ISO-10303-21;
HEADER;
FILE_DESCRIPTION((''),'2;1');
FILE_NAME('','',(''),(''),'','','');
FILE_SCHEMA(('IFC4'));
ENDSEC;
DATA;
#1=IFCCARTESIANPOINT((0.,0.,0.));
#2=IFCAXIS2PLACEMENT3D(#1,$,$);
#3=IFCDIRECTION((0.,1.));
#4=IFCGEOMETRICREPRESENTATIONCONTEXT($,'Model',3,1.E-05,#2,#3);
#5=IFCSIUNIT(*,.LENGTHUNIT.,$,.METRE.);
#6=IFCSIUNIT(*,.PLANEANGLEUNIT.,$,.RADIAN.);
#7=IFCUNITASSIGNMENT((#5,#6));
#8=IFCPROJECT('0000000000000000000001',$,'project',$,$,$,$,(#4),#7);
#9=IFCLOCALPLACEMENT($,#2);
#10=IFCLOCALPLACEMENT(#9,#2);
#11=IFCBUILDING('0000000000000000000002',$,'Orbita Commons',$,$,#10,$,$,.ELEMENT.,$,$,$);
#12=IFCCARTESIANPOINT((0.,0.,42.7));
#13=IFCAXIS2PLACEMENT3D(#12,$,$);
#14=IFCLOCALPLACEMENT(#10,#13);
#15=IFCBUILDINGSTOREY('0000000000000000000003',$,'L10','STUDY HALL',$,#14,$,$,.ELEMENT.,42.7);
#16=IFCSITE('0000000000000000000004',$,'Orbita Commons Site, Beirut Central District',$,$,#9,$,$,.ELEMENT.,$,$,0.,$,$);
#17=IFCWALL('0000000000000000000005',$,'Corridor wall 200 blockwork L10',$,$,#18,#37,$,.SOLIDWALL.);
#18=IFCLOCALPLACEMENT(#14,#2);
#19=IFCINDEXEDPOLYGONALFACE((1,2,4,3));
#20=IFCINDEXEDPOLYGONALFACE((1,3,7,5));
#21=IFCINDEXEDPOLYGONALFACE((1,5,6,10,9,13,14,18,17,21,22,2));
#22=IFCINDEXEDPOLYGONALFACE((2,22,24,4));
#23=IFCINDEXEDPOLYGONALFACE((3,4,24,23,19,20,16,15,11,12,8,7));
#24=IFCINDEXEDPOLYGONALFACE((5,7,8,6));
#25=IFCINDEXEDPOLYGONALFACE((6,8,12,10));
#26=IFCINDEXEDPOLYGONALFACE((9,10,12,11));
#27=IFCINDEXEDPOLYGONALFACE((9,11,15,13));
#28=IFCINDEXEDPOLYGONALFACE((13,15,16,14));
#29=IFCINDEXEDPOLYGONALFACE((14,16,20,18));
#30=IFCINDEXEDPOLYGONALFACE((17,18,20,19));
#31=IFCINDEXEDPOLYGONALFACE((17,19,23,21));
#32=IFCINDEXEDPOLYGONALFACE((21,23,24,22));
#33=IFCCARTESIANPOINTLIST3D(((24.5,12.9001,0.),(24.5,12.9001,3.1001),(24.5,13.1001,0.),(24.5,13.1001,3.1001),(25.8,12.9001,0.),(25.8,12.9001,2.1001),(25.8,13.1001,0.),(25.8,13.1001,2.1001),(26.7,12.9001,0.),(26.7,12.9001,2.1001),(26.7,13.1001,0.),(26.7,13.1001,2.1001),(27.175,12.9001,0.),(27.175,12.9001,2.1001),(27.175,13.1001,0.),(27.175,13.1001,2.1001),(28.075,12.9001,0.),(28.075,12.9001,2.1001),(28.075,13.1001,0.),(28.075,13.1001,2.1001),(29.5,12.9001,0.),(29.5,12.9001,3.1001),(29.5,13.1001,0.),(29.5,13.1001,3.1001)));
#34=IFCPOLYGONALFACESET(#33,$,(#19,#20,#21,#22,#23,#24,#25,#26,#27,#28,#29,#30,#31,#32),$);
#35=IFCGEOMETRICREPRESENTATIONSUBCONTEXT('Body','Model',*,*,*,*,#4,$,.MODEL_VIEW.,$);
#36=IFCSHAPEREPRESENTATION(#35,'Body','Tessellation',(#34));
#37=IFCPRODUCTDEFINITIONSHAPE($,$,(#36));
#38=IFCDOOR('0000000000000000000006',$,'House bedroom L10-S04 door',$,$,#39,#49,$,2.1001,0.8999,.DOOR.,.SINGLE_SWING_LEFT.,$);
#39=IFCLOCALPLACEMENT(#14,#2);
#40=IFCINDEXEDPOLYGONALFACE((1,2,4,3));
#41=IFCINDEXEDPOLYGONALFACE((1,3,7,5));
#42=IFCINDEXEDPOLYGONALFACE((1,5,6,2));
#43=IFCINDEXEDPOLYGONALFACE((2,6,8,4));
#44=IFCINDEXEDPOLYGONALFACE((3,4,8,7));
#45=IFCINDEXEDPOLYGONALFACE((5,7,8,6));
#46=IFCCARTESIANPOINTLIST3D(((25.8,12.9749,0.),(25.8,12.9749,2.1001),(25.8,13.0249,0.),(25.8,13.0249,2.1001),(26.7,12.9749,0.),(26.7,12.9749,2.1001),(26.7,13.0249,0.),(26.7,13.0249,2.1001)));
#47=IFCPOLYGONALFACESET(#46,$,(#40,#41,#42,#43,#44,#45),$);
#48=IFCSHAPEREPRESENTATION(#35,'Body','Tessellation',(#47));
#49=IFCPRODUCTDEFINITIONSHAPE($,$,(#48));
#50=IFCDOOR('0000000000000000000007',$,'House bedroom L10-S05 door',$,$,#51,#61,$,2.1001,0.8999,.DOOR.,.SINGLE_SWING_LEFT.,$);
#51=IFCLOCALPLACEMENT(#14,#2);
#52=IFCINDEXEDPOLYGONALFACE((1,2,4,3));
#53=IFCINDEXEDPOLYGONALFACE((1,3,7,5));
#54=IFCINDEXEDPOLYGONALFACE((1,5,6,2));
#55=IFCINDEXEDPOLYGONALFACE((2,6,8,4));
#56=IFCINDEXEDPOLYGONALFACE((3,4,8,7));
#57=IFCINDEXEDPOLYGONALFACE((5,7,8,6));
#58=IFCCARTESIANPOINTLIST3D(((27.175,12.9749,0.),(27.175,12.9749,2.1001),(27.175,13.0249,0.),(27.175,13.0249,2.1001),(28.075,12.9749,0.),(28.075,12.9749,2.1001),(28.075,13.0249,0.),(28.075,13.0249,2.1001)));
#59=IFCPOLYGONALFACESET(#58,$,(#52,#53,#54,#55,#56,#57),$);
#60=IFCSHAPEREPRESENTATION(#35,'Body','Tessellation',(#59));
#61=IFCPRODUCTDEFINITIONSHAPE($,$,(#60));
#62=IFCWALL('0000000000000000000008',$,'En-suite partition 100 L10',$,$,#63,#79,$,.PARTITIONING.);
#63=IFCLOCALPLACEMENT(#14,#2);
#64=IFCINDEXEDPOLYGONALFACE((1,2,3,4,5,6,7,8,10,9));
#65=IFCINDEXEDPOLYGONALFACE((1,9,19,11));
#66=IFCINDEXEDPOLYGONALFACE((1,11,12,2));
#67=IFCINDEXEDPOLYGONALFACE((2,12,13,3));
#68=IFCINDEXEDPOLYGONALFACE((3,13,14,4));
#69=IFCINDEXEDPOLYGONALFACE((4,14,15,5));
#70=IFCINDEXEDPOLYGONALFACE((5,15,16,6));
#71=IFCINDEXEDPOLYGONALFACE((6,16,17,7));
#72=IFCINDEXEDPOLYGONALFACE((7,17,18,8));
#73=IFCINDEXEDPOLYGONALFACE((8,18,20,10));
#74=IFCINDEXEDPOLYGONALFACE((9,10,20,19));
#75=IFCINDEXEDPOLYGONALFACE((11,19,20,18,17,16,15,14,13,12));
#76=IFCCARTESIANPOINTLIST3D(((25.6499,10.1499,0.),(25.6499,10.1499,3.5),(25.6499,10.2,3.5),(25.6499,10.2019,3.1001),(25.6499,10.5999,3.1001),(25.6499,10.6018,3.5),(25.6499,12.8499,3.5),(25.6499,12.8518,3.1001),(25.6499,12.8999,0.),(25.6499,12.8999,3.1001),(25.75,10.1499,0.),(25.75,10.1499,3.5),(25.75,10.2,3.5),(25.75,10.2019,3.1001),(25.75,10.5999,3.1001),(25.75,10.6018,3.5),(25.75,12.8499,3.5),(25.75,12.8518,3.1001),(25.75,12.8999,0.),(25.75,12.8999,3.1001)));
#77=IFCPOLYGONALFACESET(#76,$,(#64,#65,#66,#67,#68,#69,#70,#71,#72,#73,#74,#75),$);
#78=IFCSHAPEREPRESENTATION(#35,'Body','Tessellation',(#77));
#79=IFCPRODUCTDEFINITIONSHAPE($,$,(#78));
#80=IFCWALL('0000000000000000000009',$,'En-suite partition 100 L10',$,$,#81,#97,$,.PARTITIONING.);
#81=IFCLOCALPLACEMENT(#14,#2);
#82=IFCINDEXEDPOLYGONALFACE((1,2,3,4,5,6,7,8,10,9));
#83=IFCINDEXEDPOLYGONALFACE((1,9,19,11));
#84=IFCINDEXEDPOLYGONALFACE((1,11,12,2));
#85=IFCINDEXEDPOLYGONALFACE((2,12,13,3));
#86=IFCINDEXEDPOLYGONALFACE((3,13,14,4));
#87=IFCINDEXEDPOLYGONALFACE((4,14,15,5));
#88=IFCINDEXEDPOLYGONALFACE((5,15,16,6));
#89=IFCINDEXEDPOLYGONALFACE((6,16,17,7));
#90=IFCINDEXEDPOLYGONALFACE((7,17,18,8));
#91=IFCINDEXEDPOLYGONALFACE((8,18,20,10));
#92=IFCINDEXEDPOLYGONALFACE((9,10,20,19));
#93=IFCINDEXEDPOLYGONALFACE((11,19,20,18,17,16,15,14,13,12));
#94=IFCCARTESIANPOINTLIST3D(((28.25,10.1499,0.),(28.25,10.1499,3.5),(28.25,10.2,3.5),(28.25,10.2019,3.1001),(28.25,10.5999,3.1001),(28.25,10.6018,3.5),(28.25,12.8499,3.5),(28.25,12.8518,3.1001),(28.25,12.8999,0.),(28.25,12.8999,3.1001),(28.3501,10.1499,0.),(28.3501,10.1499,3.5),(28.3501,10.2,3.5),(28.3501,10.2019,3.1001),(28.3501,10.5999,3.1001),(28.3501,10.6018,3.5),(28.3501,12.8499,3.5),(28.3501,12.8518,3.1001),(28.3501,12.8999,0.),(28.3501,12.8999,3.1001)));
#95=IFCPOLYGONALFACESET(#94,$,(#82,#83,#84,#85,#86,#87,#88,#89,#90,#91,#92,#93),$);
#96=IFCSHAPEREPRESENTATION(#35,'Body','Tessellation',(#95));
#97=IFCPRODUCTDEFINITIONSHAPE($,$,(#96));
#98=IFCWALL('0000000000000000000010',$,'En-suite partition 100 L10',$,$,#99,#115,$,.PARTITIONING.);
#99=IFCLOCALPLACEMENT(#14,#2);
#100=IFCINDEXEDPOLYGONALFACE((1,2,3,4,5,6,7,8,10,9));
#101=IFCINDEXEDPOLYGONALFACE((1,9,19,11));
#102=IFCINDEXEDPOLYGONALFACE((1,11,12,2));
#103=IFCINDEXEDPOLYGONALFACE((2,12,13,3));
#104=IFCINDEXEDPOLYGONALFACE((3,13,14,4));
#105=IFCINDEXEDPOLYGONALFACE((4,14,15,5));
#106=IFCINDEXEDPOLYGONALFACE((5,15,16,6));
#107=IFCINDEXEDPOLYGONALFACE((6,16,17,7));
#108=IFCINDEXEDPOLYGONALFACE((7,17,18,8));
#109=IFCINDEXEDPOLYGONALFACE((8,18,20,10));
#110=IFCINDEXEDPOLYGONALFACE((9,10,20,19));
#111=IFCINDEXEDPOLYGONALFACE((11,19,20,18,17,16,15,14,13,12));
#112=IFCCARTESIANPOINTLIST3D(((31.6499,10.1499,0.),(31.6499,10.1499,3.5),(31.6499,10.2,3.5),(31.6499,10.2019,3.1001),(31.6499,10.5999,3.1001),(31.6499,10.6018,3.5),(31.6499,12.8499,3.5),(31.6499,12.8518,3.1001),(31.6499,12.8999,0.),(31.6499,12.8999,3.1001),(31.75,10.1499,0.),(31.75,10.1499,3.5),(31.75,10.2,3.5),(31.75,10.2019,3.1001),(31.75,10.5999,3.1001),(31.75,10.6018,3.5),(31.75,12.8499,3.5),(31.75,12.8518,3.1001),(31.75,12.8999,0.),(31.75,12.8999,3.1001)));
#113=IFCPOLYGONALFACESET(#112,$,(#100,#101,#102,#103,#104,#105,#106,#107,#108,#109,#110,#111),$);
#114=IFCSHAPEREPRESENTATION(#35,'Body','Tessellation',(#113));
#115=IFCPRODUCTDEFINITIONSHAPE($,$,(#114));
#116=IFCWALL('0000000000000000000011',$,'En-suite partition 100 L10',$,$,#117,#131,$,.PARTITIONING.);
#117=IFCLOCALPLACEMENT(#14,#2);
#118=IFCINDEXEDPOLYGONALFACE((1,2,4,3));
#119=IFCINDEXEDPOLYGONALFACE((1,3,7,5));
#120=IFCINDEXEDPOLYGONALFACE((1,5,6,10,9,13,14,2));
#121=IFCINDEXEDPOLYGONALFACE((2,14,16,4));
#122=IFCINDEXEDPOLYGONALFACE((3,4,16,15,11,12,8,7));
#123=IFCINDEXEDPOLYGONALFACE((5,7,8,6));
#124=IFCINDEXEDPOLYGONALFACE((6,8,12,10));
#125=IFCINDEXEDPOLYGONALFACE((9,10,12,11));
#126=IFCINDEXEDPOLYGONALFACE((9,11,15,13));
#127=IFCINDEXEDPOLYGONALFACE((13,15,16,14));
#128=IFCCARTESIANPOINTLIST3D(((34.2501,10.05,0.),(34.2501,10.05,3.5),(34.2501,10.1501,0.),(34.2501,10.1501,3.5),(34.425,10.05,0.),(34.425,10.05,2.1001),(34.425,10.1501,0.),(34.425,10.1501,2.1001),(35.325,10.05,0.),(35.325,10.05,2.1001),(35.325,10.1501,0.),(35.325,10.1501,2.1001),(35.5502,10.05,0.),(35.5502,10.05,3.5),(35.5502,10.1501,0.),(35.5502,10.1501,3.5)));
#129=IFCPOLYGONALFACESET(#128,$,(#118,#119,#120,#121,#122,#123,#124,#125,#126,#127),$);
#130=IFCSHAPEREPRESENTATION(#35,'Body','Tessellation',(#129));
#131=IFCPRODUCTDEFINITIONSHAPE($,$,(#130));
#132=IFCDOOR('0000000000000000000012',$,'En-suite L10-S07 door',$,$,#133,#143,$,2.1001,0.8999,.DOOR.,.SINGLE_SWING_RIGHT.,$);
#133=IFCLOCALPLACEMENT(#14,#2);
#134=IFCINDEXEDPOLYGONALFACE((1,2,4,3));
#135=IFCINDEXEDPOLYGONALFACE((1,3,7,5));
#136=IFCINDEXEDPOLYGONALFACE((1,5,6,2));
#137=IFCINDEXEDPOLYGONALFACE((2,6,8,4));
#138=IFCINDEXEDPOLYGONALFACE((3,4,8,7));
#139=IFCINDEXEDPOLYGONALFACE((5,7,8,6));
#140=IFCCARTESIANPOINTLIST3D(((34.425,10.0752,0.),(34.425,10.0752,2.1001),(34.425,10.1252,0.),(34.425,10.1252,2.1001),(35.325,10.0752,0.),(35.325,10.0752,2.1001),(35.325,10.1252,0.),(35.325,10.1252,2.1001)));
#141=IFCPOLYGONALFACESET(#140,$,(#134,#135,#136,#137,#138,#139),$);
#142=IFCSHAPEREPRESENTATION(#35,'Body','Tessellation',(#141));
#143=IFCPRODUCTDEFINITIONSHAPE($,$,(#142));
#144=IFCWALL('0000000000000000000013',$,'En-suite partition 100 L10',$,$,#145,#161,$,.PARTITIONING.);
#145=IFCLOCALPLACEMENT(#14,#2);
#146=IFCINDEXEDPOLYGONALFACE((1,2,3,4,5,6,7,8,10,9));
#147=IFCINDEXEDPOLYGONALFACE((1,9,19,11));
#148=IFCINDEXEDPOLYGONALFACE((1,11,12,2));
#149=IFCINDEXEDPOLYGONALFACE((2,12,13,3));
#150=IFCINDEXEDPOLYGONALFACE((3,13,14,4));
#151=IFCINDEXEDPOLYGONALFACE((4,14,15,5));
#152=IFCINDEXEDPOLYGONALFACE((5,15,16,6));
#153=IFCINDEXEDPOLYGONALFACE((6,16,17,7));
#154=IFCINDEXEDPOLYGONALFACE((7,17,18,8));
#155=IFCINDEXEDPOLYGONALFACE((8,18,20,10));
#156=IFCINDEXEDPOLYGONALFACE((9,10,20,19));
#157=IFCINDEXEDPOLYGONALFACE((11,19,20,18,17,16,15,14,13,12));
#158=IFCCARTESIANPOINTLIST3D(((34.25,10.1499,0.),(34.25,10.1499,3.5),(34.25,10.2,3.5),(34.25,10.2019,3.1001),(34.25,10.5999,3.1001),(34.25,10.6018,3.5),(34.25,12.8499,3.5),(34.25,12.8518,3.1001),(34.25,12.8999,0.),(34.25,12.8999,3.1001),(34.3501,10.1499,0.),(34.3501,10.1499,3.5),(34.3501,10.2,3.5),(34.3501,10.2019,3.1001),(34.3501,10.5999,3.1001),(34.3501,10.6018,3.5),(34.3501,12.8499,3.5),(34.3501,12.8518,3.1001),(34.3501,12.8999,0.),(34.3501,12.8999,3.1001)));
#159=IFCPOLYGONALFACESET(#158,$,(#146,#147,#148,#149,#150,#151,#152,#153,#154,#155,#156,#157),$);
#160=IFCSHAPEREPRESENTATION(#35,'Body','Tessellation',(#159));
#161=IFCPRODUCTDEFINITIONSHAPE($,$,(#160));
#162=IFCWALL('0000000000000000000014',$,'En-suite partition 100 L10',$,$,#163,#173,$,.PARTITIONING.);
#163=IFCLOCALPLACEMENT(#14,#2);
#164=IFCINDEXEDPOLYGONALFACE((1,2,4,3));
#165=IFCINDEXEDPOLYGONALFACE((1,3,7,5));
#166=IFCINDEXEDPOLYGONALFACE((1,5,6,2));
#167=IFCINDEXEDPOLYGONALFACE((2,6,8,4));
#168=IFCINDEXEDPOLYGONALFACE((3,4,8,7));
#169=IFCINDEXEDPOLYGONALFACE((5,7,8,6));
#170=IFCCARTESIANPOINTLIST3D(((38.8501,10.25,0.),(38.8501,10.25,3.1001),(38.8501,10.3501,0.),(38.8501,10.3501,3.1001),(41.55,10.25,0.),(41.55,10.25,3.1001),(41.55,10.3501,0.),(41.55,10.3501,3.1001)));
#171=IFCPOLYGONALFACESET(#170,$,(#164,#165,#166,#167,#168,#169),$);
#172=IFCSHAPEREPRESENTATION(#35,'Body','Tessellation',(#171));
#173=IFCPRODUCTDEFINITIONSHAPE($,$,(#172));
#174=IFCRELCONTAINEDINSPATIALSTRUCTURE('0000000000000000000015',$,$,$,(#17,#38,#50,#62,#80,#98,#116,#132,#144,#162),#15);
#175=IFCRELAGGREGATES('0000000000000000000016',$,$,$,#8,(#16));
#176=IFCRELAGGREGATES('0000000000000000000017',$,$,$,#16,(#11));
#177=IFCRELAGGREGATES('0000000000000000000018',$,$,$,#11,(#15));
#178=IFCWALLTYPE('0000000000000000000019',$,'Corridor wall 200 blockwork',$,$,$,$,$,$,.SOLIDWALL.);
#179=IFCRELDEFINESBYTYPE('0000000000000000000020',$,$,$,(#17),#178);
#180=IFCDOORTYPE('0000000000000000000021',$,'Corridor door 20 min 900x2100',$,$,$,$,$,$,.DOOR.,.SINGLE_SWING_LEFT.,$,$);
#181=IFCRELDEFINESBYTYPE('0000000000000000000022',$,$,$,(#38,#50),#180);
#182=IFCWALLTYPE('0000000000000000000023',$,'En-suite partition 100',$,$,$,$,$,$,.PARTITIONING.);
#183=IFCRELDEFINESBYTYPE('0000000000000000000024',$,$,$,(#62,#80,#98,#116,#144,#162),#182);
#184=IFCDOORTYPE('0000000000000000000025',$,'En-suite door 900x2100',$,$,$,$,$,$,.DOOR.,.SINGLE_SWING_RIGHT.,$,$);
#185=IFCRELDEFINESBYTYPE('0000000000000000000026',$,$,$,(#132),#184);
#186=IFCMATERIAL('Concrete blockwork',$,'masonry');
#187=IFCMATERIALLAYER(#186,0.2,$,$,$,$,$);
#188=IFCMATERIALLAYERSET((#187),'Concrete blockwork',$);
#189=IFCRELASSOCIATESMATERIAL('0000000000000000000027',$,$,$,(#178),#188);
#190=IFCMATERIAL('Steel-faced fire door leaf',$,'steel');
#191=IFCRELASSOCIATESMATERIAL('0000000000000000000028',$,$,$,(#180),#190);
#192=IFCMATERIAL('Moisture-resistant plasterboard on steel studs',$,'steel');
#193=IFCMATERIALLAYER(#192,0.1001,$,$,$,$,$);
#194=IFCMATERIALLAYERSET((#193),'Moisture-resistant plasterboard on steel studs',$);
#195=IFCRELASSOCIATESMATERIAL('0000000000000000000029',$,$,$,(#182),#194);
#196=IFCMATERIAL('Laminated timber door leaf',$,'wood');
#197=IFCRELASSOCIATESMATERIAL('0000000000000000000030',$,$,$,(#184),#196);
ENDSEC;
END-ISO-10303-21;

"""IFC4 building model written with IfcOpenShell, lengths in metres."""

from ifc_helpers import new_model, si_unit, direction, frame, frame_2d, origin, place, context, subcontext, project, spatial, polyline, rectangle, outline, extrude, material, layer, layer_set, type_object, element, fill, save


model = new_model("IFC4")

# Units and contexts
model_context = context("Model", 3, precision=1e-05, world=origin(), true_north=direction((0.0, 1.0)))
body_context = subcontext(model_context, "Body", "Model", "MODEL_VIEW")
ifc_project = project(units=[si_unit("LENGTHUNIT", "METRE"), si_unit("PLANEANGLEUNIT", "RADIAN")], contexts=[model_context])

# Site, building, storey
site_placement = place(None, origin())
site = spatial("IfcSite", under=ifc_project, at=site_placement, Name="Orbita Commons Site, Beirut Central District", CompositionType="ELEMENT", RefElevation=0.0)
building_placement = place(site_placement, origin())
building = spatial("IfcBuilding", under=site, at=building_placement, Name="Orbita Commons", CompositionType="ELEMENT")
storey_placement = place(building_placement, frame((0.0, 0.0, 42.7)))
storey = spatial("IfcBuildingStorey", under=building, at=storey_placement, Name="L10", Description="STUDY HALL", CompositionType="ELEMENT", Elevation=42.7)

# Wall, openings, doors
ifc_material_1 = material(Name="Concrete blockwork", Category="masonry")
ifc_layer_1 = layer(ifc_material_1, 0.2)
ifc_layer_set_1 = layer_set([ifc_layer_1], Name="Concrete blockwork")
wall_type_1 = type_object("IfcWallType", Name="Corridor wall 200 blockwork", PredefinedType="SOLIDWALL", material=ifc_layer_set_1)
wall_1_placement = place(storey_placement, frame((24.5, 13.0, 0.0), z_axis=(0.0, 0.0, 1.0), x_axis=(1.0, 0.0, 0.0)))
wall_1 = element("IfcWall", 1, at=wall_1_placement, inside=storey, type_object=wall_type_1, Name="Corridor wall 200 blockwork L10", PredefinedType="SOLIDWALL", context=body_context, shape_type="SweptSolid", body=[
    extrude(outline(polyline([(0.0, 0.0), (5.0, 0.0), (5.0, 3.1001), (0.0, 3.1001), (0.0, 0.0)])), frame((0.0, 0.1001, 0.0), z_axis=(0.0, -1.0, 0.0), x_axis=(1.0, 0.0, 0.0)), (0.0, 0.0, 1.0), 0.2),
])
opening_1_placement = place(wall_1_placement, frame((1.3, 0.0, 0.0)))
opening_1 = element("IfcOpeningElement", 2, at=opening_1_placement, cuts=wall_1, PredefinedType="OPENING", context=body_context, shape_type="SweptSolid", body=[
    extrude(rectangle(XDim=0.8999, YDim=2.1001, at=frame_2d((0.45, 1.05))), frame((0.0, 0.1099, 0.0), z_axis=(0.0, -1.0, 0.0), x_axis=(1.0, 0.0, 0.0)), (0.0, 0.0, 1.0), 0.22),
])
opening_2_placement = place(wall_1_placement, frame((2.675, 0.0, 0.0)))
opening_2 = element("IfcOpeningElement", 3, at=opening_2_placement, cuts=wall_1, PredefinedType="OPENING", context=body_context, shape_type="SweptSolid", body=[
    extrude(rectangle(XDim=0.8999, YDim=2.1001, at=frame_2d((0.45, 1.05))), frame((0.0, 0.1099, 0.0), z_axis=(0.0, -1.0, 0.0), x_axis=(1.0, 0.0, 0.0)), (0.0, 0.0, 1.0), 0.22),
])
ifc_material_2 = material(Name="Steel-faced fire door leaf", Category="steel")
door_type_1 = type_object("IfcDoorType", Name="Corridor door 20 min 900x2100", OperationType="SINGLE_SWING_LEFT", PredefinedType="DOOR", material=ifc_material_2)
door_1_placement = place(opening_1_placement, origin())
door_1 = element("IfcDoor", 4, at=door_1_placement, inside=storey, type_object=door_type_1, Name="House bedroom L10-S04 door", OperationType="SINGLE_SWING_LEFT", OverallHeight=2.1001, OverallWidth=0.8999, PredefinedType="DOOR", context=body_context, shape_type="SweptSolid", body=[
    extrude(rectangle(XDim=0.8999, YDim=2.1001, at=frame_2d((0.45, 1.05))), frame((0.0, 0.0249, 0.0), z_axis=(0.0, -1.0, 0.0), x_axis=(1.0, 0.0, 0.0)), (0.0, 0.0, 1.0), 0.05),
])
fill(opening_1, door_1)
door_2_placement = place(opening_2_placement, origin())
door_2 = element("IfcDoor", 5, at=door_2_placement, inside=storey, type_object=door_type_1, Name="House bedroom L10-S05 door", OperationType="SINGLE_SWING_LEFT", OverallHeight=2.1001, OverallWidth=0.8999, PredefinedType="DOOR", context=body_context, shape_type="SweptSolid", body=[
    extrude(rectangle(XDim=0.8999, YDim=2.1001, at=frame_2d((0.45, 1.05))), frame((0.0, 0.0249, 0.0), z_axis=(0.0, -1.0, 0.0), x_axis=(1.0, 0.0, 0.0)), (0.0, 0.0, 1.0), 0.05),
])
fill(opening_2, door_2)

# Walls
ifc_material_3 = material(Name="Moisture-resistant plasterboard on steel studs", Category="steel")
ifc_layer_2 = layer(ifc_material_3, 0.1001)
ifc_layer_set_2 = layer_set([ifc_layer_2], Name="Moisture-resistant plasterboard on steel studs")
wall_type_2 = type_object("IfcWallType", Name="En-suite partition 100", PredefinedType="PARTITIONING", material=ifc_layer_set_2)
for number, where, z_axis, x_axis, name in (
    (6, (25.7, 10.1499, 0.0), (0.0, 0.0, 1.0), (0.0, 1.0, 0.0), "En-suite partition 100 L10"),
    (7, (28.3, 10.1499, 0.0), (0.0, 0.0, 1.0), (0.0, 1.0, 0.0), "En-suite partition 100 L10"),
    (8, (31.7, 10.1499, 0.0), (0.0, 0.0, 1.0), (0.0, 1.0, 0.0), "En-suite partition 100 L10"),
):
    element("IfcWall", number, at=place(storey_placement, frame(where, z_axis=z_axis, x_axis=x_axis)), inside=storey, type_object=wall_type_2, Name=name, PredefinedType="PARTITIONING", context=body_context, shape_type="SweptSolid", body=[
        extrude(outline(polyline([(0.0, 0.0), (2.75, 0.0), (2.75, 3.1001), (2.7019, 3.1001), (2.7, 3.5), (0.4519, 3.5), (0.45, 3.1001), (0.052, 3.1001), (0.05, 3.5), (0.0, 3.5), (0.0, 0.0)])), frame((0.0, 0.05, 0.0), z_axis=(0.0, -1.0, 0.0), x_axis=(1.0, 0.0, 0.0)), (0.0, 0.0, 1.0), 0.1001),
    ])

# Wall, opening, door
wall_2_placement = place(storey_placement, frame((35.55, 10.1001, 0.0), z_axis=(0.0, 0.0, 1.0), x_axis=(-1.0, 0.0, 0.0)))
wall_2 = element("IfcWall", 9, at=wall_2_placement, inside=storey, type_object=wall_type_2, Name="En-suite partition 100 L10", PredefinedType="PARTITIONING", context=body_context, shape_type="SweptSolid", body=[
    extrude(rectangle(XDim=1.3, YDim=0.1001, at=frame_2d((0.6499, 0.0))), origin(), (0.0, 0.0, 1.0), 3.5),
])
opening_3_placement = place(wall_2_placement, frame((0.2251, 0.0, 0.0)))
opening_3 = element("IfcOpeningElement", 10, at=opening_3_placement, cuts=wall_2, PredefinedType="OPENING", context=body_context, shape_type="SweptSolid", body=[
    extrude(rectangle(XDim=0.8999, YDim=2.1001, at=frame_2d((0.45, 1.05))), frame((0.0, 0.0601, 0.0), z_axis=(0.0, -1.0, 0.0), x_axis=(1.0, 0.0, 0.0)), (0.0, 0.0, 1.0), 0.1201),
])
ifc_material_4 = material(Name="Laminated timber door leaf", Category="wood")
door_type_2 = type_object("IfcDoorType", Name="En-suite door 900x2100", OperationType="SINGLE_SWING_RIGHT", PredefinedType="DOOR", material=ifc_material_4)
door_3_placement = place(opening_3_placement, origin())
door_3 = element("IfcDoor", 11, at=door_3_placement, inside=storey, type_object=door_type_2, Name="En-suite L10-S07 door", OperationType="SINGLE_SWING_RIGHT", OverallHeight=2.1001, OverallWidth=0.8999, PredefinedType="DOOR", context=body_context, shape_type="SweptSolid", body=[
    extrude(rectangle(XDim=0.8999, YDim=2.1001, at=frame_2d((0.45, 1.05))), frame((0.0, 0.0249, 0.0), z_axis=(0.0, -1.0, 0.0), x_axis=(1.0, 0.0, 0.0)), (0.0, 0.0, 1.0), 0.05),
])
fill(opening_3, door_3)

# Walls
wall_3_placement = place(storey_placement, frame((34.3, 10.1499, 0.0), z_axis=(0.0, 0.0, 1.0), x_axis=(0.0, 1.0, 0.0)))
element("IfcWall", 12, at=wall_3_placement, inside=storey, type_object=wall_type_2, Name="En-suite partition 100 L10", PredefinedType="PARTITIONING", context=body_context, shape_type="SweptSolid", body=[
    extrude(outline(polyline([(0.0, 0.0), (2.75, 0.0), (2.75, 3.1001), (2.7019, 3.1001), (2.7, 3.5), (0.4519, 3.5), (0.45, 3.1001), (0.052, 3.1001), (0.05, 3.5), (0.0, 3.5), (0.0, 0.0)])), frame((0.0, 0.05, 0.0), z_axis=(0.0, -1.0, 0.0), x_axis=(1.0, 0.0, 0.0)), (0.0, 0.0, 1.0), 0.1001),
])
wall_4_placement = place(storey_placement, frame((38.8501, 10.3, 0.0), z_axis=(0.0, 0.0, 1.0), x_axis=(1.0, 0.0, 0.0)))
element("IfcWall", 13, at=wall_4_placement, inside=storey, type_object=wall_type_2, Name="En-suite partition 100 L10", PredefinedType="PARTITIONING", context=body_context, shape_type="SweptSolid", body=[
    extrude(outline(polyline([(0.0, 0.0), (2.7, 0.0), (2.7, 3.1001), (0.0, 3.1001), (0.0, 0.0)])), frame((0.0, 0.05, 0.0), z_axis=(0.0, -1.0, 0.0), x_axis=(1.0, 0.0, 0.0)), (0.0, 0.0, 1.0), 0.1001),
])

save(model, "model.ifc")
